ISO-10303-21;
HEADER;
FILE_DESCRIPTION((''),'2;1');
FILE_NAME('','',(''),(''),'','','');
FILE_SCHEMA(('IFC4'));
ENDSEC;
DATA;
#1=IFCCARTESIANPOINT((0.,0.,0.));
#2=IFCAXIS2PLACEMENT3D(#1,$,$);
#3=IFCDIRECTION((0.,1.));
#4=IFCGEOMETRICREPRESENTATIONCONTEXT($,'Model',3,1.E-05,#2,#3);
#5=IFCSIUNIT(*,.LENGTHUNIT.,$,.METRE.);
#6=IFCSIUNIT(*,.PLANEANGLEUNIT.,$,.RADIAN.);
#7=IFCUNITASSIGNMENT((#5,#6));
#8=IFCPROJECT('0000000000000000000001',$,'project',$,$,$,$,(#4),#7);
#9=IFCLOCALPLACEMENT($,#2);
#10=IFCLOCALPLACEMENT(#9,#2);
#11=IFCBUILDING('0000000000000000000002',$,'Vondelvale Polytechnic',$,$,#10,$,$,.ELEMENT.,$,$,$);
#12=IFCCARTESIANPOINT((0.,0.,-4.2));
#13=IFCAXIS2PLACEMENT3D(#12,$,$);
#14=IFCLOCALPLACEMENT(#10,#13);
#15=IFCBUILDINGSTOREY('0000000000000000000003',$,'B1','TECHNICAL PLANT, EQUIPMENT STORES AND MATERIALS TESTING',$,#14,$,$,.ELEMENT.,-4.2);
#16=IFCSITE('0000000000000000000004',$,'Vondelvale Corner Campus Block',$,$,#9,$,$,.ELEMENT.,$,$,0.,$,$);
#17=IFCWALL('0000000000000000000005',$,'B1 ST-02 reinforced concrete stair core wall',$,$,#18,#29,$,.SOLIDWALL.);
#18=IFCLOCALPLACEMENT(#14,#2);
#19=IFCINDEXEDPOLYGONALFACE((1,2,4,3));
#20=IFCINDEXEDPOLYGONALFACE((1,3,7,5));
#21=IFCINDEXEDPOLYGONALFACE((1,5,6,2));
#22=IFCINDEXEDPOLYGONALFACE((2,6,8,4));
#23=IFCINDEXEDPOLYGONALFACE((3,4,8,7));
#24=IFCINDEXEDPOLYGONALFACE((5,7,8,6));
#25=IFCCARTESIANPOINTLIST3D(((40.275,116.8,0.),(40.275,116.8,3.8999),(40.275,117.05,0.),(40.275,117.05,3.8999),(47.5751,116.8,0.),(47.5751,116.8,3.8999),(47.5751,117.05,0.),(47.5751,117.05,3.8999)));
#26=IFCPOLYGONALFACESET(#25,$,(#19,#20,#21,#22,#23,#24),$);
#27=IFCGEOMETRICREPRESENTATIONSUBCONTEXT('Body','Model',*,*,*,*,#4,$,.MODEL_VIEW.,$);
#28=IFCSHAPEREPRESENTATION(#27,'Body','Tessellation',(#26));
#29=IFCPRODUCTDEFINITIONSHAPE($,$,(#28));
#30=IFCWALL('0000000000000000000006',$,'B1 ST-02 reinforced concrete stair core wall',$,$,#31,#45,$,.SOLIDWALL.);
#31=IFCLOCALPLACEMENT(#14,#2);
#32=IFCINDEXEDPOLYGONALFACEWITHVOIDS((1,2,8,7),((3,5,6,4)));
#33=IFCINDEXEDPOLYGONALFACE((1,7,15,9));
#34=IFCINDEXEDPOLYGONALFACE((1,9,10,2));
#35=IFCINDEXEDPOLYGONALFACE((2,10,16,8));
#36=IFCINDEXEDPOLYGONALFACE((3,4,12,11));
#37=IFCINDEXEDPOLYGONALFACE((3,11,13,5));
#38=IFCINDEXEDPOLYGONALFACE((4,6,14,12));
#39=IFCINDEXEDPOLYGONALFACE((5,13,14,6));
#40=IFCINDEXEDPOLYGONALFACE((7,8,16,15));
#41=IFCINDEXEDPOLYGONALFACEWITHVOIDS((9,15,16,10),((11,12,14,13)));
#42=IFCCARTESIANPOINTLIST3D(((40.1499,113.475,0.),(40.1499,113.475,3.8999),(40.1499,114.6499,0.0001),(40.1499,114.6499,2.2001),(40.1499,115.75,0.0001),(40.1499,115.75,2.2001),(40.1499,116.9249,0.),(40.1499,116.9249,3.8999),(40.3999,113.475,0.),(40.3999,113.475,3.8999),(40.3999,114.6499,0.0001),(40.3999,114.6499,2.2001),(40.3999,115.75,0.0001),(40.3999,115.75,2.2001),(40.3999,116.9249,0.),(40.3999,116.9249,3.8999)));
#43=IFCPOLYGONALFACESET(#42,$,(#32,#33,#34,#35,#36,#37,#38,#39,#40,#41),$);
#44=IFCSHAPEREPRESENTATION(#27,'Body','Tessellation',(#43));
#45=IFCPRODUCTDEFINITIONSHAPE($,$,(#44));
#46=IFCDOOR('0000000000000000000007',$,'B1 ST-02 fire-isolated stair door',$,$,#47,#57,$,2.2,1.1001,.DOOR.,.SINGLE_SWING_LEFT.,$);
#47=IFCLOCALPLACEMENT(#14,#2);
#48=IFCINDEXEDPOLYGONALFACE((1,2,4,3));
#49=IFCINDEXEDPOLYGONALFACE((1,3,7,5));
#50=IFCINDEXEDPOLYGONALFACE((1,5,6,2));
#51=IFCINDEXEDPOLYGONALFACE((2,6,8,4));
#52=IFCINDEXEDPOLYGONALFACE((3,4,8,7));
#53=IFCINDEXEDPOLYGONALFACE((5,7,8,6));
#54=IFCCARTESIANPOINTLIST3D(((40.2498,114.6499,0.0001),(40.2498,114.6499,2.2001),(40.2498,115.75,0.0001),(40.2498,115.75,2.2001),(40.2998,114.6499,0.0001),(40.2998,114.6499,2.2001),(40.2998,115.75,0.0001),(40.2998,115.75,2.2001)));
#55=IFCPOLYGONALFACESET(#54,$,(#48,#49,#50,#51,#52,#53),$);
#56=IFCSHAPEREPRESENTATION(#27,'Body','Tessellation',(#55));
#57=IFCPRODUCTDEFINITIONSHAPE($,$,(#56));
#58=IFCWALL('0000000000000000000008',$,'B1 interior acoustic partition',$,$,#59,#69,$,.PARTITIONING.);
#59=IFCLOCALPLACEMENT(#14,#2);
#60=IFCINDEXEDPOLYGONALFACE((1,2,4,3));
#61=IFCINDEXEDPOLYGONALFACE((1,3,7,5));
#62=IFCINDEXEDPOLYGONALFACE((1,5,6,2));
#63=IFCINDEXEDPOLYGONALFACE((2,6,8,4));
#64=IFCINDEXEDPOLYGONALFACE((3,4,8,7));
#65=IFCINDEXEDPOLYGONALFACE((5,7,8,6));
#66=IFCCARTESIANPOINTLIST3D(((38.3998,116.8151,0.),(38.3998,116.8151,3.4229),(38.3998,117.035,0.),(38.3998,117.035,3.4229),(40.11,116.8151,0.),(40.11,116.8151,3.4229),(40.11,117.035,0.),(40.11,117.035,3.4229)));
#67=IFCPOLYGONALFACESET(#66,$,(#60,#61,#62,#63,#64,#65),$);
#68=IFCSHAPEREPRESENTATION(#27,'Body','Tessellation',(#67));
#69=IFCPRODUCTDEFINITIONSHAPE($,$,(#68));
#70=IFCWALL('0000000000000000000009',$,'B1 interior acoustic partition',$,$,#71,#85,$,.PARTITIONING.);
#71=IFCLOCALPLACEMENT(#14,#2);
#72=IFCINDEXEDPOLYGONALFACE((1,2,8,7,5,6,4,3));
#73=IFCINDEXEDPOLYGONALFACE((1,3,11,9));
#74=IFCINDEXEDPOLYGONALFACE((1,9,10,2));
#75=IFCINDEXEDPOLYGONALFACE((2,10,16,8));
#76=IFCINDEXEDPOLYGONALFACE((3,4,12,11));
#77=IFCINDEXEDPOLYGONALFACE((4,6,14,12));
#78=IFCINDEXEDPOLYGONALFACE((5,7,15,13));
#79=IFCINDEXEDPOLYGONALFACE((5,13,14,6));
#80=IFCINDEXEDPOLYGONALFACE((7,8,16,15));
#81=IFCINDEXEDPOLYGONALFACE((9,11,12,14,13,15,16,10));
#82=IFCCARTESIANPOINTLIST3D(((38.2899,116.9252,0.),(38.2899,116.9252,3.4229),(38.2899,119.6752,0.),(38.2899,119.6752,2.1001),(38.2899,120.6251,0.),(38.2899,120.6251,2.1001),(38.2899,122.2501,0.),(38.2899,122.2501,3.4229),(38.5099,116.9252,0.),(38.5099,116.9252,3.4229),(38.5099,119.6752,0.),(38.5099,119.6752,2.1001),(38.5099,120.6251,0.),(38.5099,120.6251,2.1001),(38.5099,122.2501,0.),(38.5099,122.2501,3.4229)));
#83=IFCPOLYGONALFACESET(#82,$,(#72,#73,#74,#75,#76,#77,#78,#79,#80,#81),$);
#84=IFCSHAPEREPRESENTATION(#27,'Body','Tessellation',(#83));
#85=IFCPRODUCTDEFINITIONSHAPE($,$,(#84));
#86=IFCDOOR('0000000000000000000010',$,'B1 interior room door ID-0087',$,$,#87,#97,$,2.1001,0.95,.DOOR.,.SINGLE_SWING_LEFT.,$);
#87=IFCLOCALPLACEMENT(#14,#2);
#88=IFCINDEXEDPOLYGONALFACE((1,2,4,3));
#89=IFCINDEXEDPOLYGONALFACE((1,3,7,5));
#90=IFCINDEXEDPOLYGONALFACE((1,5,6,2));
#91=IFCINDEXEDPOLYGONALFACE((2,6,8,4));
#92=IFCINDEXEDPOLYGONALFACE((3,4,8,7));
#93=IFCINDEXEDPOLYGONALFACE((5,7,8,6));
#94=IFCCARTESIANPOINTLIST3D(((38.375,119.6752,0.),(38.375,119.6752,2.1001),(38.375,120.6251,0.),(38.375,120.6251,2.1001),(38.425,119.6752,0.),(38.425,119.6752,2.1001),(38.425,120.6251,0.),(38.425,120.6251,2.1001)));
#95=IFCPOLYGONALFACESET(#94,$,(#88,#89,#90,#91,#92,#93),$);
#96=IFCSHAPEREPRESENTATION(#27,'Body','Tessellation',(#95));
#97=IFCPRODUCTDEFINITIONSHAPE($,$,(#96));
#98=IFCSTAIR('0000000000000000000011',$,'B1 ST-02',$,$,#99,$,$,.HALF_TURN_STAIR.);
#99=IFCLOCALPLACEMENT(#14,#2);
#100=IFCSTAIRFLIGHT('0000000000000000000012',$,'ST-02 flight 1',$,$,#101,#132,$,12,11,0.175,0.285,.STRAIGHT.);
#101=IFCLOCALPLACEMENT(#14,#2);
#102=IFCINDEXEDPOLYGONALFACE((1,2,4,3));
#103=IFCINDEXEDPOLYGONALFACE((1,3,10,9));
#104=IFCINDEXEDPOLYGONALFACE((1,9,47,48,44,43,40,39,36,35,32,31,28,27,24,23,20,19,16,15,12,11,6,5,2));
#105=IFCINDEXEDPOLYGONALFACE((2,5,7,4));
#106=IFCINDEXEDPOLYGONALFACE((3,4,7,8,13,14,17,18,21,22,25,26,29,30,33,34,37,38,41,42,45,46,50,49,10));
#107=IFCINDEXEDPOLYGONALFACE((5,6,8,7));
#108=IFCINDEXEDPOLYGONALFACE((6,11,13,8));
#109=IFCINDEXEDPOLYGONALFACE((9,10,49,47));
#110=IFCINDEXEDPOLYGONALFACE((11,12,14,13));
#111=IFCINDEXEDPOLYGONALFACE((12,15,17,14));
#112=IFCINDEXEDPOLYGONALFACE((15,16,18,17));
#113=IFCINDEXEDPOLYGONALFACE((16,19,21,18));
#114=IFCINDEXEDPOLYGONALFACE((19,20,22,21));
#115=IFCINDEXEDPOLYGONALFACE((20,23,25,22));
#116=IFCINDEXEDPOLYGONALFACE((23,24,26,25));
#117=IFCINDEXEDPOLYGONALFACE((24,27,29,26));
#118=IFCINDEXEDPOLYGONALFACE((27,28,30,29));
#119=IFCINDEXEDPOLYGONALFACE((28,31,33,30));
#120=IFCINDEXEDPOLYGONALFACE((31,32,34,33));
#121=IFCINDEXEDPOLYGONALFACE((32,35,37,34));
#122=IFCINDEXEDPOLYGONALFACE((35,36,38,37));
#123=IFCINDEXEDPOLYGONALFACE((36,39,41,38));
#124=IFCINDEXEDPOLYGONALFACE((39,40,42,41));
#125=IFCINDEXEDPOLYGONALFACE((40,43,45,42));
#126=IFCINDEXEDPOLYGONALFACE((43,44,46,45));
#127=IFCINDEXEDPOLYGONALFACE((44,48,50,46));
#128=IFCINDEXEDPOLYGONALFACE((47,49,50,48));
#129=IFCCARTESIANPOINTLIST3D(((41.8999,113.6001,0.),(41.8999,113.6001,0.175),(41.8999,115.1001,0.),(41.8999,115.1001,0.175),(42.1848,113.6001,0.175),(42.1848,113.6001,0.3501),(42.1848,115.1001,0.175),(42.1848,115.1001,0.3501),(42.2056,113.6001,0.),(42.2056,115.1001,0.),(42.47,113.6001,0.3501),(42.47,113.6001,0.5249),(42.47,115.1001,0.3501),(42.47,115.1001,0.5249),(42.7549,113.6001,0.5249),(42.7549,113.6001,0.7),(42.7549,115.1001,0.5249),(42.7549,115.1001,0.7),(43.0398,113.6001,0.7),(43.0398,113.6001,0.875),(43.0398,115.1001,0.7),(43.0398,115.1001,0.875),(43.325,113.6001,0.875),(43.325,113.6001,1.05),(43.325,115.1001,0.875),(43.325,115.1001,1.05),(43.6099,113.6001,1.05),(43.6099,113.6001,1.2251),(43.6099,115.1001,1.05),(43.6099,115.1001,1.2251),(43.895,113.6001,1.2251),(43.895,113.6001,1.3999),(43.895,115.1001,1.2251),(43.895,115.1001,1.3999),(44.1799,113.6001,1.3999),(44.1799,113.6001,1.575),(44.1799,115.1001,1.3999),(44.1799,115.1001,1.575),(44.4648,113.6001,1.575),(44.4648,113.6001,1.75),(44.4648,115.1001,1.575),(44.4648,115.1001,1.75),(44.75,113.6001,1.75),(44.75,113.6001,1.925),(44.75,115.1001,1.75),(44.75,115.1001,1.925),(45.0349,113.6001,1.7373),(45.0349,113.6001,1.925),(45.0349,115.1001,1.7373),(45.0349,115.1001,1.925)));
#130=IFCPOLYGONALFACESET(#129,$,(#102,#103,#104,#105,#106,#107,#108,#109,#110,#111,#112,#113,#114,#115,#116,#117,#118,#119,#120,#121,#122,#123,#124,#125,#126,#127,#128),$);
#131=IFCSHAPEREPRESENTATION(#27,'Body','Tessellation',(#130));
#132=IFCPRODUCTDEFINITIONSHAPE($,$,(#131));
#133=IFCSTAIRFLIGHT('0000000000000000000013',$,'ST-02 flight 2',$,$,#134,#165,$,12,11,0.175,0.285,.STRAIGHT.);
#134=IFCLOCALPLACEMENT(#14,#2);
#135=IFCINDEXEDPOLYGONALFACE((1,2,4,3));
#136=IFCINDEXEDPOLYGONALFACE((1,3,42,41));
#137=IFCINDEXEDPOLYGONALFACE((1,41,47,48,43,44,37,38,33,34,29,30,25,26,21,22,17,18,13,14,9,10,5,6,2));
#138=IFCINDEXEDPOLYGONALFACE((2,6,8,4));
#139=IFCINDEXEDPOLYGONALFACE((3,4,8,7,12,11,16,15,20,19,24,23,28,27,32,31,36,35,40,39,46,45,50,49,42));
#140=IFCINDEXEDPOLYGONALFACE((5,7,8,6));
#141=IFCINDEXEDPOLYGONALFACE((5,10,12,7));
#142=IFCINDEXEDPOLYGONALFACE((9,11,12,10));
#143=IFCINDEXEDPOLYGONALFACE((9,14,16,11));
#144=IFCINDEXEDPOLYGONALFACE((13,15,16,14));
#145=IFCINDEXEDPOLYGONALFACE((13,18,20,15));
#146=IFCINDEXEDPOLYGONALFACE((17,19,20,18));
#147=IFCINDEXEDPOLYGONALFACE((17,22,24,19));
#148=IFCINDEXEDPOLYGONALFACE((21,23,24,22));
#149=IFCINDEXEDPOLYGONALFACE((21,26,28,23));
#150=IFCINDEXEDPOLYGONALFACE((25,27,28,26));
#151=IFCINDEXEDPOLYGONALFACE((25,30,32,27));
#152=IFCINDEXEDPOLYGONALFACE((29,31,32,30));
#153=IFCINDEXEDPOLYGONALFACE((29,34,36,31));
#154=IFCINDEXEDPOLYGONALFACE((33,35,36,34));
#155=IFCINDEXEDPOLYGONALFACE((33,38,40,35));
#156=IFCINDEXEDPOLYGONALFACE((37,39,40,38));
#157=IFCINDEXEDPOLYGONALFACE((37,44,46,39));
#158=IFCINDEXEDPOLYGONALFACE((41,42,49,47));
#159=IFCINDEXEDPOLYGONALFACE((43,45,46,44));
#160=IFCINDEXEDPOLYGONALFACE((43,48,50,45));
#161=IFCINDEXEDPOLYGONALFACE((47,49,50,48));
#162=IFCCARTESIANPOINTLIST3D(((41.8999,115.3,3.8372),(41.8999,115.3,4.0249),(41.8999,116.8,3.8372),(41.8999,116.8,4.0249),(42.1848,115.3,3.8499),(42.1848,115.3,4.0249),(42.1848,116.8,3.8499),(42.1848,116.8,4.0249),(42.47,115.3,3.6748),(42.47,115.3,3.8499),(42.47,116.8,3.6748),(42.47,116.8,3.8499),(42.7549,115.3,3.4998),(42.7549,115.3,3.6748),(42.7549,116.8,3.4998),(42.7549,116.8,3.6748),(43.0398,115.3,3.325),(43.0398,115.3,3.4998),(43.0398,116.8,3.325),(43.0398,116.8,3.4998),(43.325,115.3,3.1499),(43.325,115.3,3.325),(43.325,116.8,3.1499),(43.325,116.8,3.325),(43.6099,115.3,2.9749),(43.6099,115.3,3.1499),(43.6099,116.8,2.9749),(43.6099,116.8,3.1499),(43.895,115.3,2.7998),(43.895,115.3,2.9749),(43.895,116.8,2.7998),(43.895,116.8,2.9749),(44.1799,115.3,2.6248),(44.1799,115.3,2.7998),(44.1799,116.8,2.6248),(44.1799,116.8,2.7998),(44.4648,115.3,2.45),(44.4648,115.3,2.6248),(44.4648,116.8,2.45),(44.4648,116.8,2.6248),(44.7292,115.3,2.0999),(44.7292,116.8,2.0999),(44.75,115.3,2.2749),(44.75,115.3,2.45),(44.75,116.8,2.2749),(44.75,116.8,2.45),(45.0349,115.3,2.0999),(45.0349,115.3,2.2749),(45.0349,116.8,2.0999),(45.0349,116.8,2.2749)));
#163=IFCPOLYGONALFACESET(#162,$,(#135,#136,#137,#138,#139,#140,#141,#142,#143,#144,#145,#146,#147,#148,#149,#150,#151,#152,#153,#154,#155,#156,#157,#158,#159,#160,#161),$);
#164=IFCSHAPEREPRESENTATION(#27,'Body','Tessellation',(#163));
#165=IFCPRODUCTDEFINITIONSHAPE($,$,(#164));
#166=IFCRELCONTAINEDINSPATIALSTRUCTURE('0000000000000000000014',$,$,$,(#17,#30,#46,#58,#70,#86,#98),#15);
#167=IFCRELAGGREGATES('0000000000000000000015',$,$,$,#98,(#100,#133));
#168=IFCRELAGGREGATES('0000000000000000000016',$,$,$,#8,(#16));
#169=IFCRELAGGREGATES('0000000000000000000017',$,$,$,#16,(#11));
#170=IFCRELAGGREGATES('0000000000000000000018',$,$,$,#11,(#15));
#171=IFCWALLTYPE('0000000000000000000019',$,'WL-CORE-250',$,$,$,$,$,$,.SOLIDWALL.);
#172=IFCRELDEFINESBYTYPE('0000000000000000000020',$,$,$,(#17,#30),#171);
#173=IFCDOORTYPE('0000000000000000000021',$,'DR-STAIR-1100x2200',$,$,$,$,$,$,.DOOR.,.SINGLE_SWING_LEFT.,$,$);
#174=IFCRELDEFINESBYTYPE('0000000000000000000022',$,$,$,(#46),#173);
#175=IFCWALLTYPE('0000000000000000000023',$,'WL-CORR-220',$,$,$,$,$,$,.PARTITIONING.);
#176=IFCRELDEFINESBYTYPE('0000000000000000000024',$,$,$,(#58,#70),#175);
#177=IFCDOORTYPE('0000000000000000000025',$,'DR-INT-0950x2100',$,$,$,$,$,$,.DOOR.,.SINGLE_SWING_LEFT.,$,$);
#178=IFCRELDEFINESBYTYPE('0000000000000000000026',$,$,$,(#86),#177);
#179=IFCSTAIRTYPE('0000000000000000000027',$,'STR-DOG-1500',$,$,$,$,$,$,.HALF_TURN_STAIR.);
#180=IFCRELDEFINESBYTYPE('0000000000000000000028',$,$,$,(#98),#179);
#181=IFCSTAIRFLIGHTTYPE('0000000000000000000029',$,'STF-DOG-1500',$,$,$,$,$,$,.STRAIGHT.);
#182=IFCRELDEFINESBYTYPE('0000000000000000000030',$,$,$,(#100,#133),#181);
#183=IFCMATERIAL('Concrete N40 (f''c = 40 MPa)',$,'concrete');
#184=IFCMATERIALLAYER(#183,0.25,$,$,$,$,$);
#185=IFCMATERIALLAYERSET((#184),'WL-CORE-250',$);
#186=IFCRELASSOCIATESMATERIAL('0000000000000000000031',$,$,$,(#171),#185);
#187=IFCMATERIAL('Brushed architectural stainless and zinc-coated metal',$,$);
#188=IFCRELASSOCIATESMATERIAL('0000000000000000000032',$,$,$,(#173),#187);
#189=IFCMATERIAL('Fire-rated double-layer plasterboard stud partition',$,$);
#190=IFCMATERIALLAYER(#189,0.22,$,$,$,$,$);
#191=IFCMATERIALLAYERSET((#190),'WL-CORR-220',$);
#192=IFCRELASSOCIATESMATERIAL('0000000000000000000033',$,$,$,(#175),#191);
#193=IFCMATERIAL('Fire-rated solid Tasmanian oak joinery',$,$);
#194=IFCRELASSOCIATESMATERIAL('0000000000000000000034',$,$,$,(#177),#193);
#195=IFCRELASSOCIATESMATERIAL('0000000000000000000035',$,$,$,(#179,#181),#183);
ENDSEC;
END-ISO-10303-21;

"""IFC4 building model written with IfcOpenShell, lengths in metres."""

from ifc_helpers import new_model, si_unit, direction, frame, frame_2d, origin, place, context, subcontext, project, spatial, polyline, rectangle, outline, extrude, material, layer, layer_set, type_object, element, fill, aggregate, save


model = new_model("IFC4")

# Units and contexts
model_context = context("Model", 3, precision=1e-05, world=origin(), true_north=direction((0.0, 1.0)))
body_context = subcontext(model_context, "Body", "Model", "MODEL_VIEW")
ifc_project = project(units=[si_unit("LENGTHUNIT", "METRE"), si_unit("PLANEANGLEUNIT", "RADIAN")], contexts=[model_context])

# Site, building, storey
site_placement = place(None, origin())
site = spatial("IfcSite", under=ifc_project, at=site_placement, Name="Vondelvale Corner Campus Block", CompositionType="ELEMENT", RefElevation=0.0)
building_placement = place(site_placement, origin())
building = spatial("IfcBuilding", under=site, at=building_placement, Name="Vondelvale Polytechnic", CompositionType="ELEMENT")
storey_placement = place(building_placement, frame((0.0, 0.0, -4.2)))
storey = spatial("IfcBuildingStorey", under=building, at=storey_placement, Name="B1", Description="TECHNICAL PLANT, EQUIPMENT STORES AND MATERIALS TESTING", CompositionType="ELEMENT", Elevation=-4.2)

# Shared definitions
ifc_material_1 = material(Name="Concrete N40 (f'c = 40 MPa)", Category="concrete")

# Wall
ifc_layer_1 = layer(ifc_material_1, 0.25)
ifc_layer_set_1 = layer_set([ifc_layer_1], Name="WL-CORE-250")
wall_type_1 = type_object("IfcWallType", Name="WL-CORE-250", PredefinedType="SOLIDWALL", material=ifc_layer_set_1)
wall_1_placement = place(storey_placement, frame((47.575, 116.925, 0.0), z_axis=(0.0, 0.0, 1.0), x_axis=(-1.0, 0.0, 0.0)))
element("IfcWall", 1, at=wall_1_placement, inside=storey, type_object=wall_type_1, Name="B1 ST-02 reinforced concrete stair core wall", PredefinedType="SOLIDWALL", context=body_context, shape_type="SweptSolid", body=[
    extrude(rectangle(XDim=7.3, YDim=0.25, at=frame_2d((3.6499, 0.0))), origin(), (0.0, 0.0, 1.0), 3.8999),
])

# Wall, opening, door
wall_2_placement = place(storey_placement, frame((40.2749, 116.925, 0.0), z_axis=(0.0, 0.0, 1.0), x_axis=(0.0, -1.0, 0.0)))
wall_2 = element("IfcWall", 2, at=wall_2_placement, inside=storey, type_object=wall_type_1, Name="B1 ST-02 reinforced concrete stair core wall", PredefinedType="SOLIDWALL", context=body_context, shape_type="SweptSolid", body=[
    extrude(rectangle(XDim=3.45, YDim=0.25, at=frame_2d((1.7251, 0.0))), origin(), (0.0, 0.0, 1.0), 3.8999),
])
opening_1_placement = place(wall_2_placement, frame((1.175, 0.0, 0.0)))
opening_1 = element("IfcOpeningElement", 3, at=opening_1_placement, cuts=wall_2, PredefinedType="OPENING", context=body_context, shape_type="SweptSolid", body=[
    extrude(rectangle(XDim=1.1001, YDim=2.2, at=frame_2d((0.55, 1.1001))), frame((0.0, 0.135, 0.0), z_axis=(0.0, -1.0, 0.0), x_axis=(1.0, 0.0, 0.0)), (0.0, 0.0, 1.0), 0.27),
])
ifc_material_2 = material(Name="Brushed architectural stainless and zinc-coated metal")
door_type_1 = type_object("IfcDoorType", Name="DR-STAIR-1100x2200", OperationType="SINGLE_SWING_LEFT", PredefinedType="DOOR", material=ifc_material_2)
door_1_placement = place(opening_1_placement, origin())
door_1 = element("IfcDoor", 4, at=door_1_placement, inside=storey, type_object=door_type_1, Name="B1 ST-02 fire-isolated stair door", OperationType="SINGLE_SWING_LEFT", OverallHeight=2.2, OverallWidth=1.1001, PredefinedType="DOOR", context=body_context, shape_type="SweptSolid", body=[
    extrude(rectangle(XDim=1.1001, YDim=2.2, at=frame_2d((0.55, 1.1001))), frame((0.0, 0.0249, 0.0), z_axis=(0.0, -1.0, 0.0), x_axis=(1.0, 0.0, 0.0)), (0.0, 0.0, 1.0), 0.05),
])
fill(opening_1, door_1)

# Wall
ifc_material_3 = material(Name="Fire-rated double-layer plasterboard stud partition")
ifc_layer_2 = layer(ifc_material_3, 0.22)
ifc_layer_set_2 = layer_set([ifc_layer_2], Name="WL-CORR-220")
wall_type_2 = type_object("IfcWallType", Name="WL-CORR-220", PredefinedType="PARTITIONING", material=ifc_layer_set_2)
wall_3_placement = place(storey_placement, frame((38.3999, 116.925, 0.0), z_axis=(0.0, 0.0, 1.0), x_axis=(1.0, 0.0, 0.0)))
element("IfcWall", 5, at=wall_3_placement, inside=storey, type_object=wall_type_2, Name="B1 interior acoustic partition", PredefinedType="PARTITIONING", context=body_context, shape_type="SweptSolid", body=[
    extrude(rectangle(XDim=1.7102, YDim=0.22, at=frame_2d((0.855, 0.0))), origin(), (0.0, 0.0, 1.0), 3.4229),
])

# Wall, opening, door
wall_4_placement = place(storey_placement, frame((38.3999, 116.925, 0.0), z_axis=(0.0, 0.0, 1.0), x_axis=(0.0, 1.0, 0.0)))
wall_4 = element("IfcWall", 6, at=wall_4_placement, inside=storey, type_object=wall_type_2, Name="B1 interior acoustic partition", PredefinedType="PARTITIONING", context=body_context, shape_type="SweptSolid", body=[
    extrude(rectangle(XDim=5.325, YDim=0.22, at=frame_2d((2.6626, 0.0))), origin(), (0.0, 0.0, 1.0), 3.4229),
])
opening_2_placement = place(wall_4_placement, frame((2.75, 0.0, 0.0)))
opening_2 = element("IfcOpeningElement", 7, at=opening_2_placement, cuts=wall_4, PredefinedType="OPENING", context=body_context, shape_type="SweptSolid", body=[
    extrude(rectangle(XDim=0.95, YDim=2.1001, at=frame_2d((0.4751, 1.05))), frame((0.0, 0.1199, 0.0), z_axis=(0.0, -1.0, 0.0), x_axis=(1.0, 0.0, 0.0)), (0.0, 0.0, 1.0), 0.24),
])
ifc_material_4 = material(Name="Fire-rated solid Tasmanian oak joinery")
door_type_2 = type_object("IfcDoorType", Name="DR-INT-0950x2100", OperationType="SINGLE_SWING_LEFT", PredefinedType="DOOR", material=ifc_material_4)
door_2_placement = place(opening_2_placement, origin())
door_2 = element("IfcDoor", 8, at=door_2_placement, inside=storey, type_object=door_type_2, Name="B1 interior room door ID-0087", OperationType="SINGLE_SWING_LEFT", OverallHeight=2.1001, OverallWidth=0.95, PredefinedType="DOOR", context=body_context, shape_type="SweptSolid", body=[
    extrude(rectangle(XDim=0.95, YDim=2.1001, at=frame_2d((0.4751, 1.05))), frame((0.0, 0.0249, 0.0), z_axis=(0.0, -1.0, 0.0), x_axis=(1.0, 0.0, 0.0)), (0.0, 0.0, 1.0), 0.05),
])
fill(opening_2, door_2)

# Stair, stair flights
stair_type = type_object("IfcStairType", Name="STR-DOG-1500", PredefinedType="HALF_TURN_STAIR", material=ifc_material_1)
stair_placement = place(storey_placement, origin())
stair = element("IfcStair", 9, at=stair_placement, inside=storey, type_object=stair_type, Name="B1 ST-02", PredefinedType="HALF_TURN_STAIR")
stair_flight_type = type_object("IfcStairFlightType", Name="STF-DOG-1500", PredefinedType="STRAIGHT", material=ifc_material_1)
stair_flight_1_placement = place(storey_placement, frame((41.8999, 114.3501, 0.0), z_axis=(0.0, 0.0, 1.0), x_axis=(1.0, 0.0, 0.0)))
stair_flight_1 = element("IfcStairFlight", 10, at=stair_flight_1_placement, type_object=stair_flight_type, Name="ST-02 flight 1", NumberOfRisers=12, NumberOfTreads=11, PredefinedType="STRAIGHT", RiserHeight=0.175, TreadLength=0.285, context=body_context, shape_type="SweptSolid", body=[
    extrude(outline(polyline([(0.0, 0.0), (0.0, 0.175), (0.2849, 0.175), (0.2849, 0.3501), (0.5701, 0.3501), (0.5701, 0.5249), (0.855, 0.5249), (0.855, 0.7), (1.1399, 0.7), (1.1399, 0.875), (1.425, 0.875), (1.425, 1.05), (1.71, 1.05), (1.71, 1.2251), (1.9951, 1.2251), (1.9951, 1.3999), (2.28, 1.3999), (2.28, 1.575), (2.5649, 1.575), (2.5649, 1.75), (2.8501, 1.75), (2.8501, 1.925), (3.135, 1.925), (3.135, 2.1001), (3.135, 1.7373), (0.3057, 0.0), (0.0, 0.0)])), frame((0.0, 0.75, 0.0), z_axis=(0.0, -1.0, 0.0), x_axis=(1.0, 0.0, 0.0)), (0.0, 0.0, 1.0), 1.5),
])
stair_flight_2_placement = place(storey_placement, frame((45.0349, 116.05, 2.0999), z_axis=(0.0, 0.0, 1.0), x_axis=(-1.0, 0.0, 0.0)))
stair_flight_2 = element("IfcStairFlight", 11, at=stair_flight_2_placement, type_object=stair_flight_type, Name="ST-02 flight 2", NumberOfRisers=12, NumberOfTreads=11, PredefinedType="STRAIGHT", RiserHeight=0.175, TreadLength=0.285, context=body_context, shape_type="SweptSolid", body=[
    extrude(outline(polyline([(0.0, 0.0), (0.0, 0.175), (0.2849, 0.175), (0.2849, 0.3501), (0.5701, 0.3501), (0.5701, 0.5249), (0.855, 0.5249), (0.855, 0.7), (1.1399, 0.7), (1.1399, 0.875), (1.425, 0.875), (1.425, 1.05), (1.71, 1.05), (1.71, 1.2251), (1.9951, 1.2251), (1.9951, 1.3999), (2.28, 1.3999), (2.28, 1.575), (2.5649, 1.575), (2.5649, 1.75), (2.8501, 1.75), (2.8501, 1.925), (3.135, 1.925), (3.135, 2.1001), (3.135, 1.7373), (0.3057, 0.0), (0.0, 0.0)])), frame((0.0, 0.75, 0.0), z_axis=(0.0, -1.0, 0.0), x_axis=(1.0, 0.0, 0.0)), (0.0, 0.0, 1.0), 1.5),
])
aggregate(stair, [stair_flight_1, stair_flight_2])

save(model, "model.ifc")
